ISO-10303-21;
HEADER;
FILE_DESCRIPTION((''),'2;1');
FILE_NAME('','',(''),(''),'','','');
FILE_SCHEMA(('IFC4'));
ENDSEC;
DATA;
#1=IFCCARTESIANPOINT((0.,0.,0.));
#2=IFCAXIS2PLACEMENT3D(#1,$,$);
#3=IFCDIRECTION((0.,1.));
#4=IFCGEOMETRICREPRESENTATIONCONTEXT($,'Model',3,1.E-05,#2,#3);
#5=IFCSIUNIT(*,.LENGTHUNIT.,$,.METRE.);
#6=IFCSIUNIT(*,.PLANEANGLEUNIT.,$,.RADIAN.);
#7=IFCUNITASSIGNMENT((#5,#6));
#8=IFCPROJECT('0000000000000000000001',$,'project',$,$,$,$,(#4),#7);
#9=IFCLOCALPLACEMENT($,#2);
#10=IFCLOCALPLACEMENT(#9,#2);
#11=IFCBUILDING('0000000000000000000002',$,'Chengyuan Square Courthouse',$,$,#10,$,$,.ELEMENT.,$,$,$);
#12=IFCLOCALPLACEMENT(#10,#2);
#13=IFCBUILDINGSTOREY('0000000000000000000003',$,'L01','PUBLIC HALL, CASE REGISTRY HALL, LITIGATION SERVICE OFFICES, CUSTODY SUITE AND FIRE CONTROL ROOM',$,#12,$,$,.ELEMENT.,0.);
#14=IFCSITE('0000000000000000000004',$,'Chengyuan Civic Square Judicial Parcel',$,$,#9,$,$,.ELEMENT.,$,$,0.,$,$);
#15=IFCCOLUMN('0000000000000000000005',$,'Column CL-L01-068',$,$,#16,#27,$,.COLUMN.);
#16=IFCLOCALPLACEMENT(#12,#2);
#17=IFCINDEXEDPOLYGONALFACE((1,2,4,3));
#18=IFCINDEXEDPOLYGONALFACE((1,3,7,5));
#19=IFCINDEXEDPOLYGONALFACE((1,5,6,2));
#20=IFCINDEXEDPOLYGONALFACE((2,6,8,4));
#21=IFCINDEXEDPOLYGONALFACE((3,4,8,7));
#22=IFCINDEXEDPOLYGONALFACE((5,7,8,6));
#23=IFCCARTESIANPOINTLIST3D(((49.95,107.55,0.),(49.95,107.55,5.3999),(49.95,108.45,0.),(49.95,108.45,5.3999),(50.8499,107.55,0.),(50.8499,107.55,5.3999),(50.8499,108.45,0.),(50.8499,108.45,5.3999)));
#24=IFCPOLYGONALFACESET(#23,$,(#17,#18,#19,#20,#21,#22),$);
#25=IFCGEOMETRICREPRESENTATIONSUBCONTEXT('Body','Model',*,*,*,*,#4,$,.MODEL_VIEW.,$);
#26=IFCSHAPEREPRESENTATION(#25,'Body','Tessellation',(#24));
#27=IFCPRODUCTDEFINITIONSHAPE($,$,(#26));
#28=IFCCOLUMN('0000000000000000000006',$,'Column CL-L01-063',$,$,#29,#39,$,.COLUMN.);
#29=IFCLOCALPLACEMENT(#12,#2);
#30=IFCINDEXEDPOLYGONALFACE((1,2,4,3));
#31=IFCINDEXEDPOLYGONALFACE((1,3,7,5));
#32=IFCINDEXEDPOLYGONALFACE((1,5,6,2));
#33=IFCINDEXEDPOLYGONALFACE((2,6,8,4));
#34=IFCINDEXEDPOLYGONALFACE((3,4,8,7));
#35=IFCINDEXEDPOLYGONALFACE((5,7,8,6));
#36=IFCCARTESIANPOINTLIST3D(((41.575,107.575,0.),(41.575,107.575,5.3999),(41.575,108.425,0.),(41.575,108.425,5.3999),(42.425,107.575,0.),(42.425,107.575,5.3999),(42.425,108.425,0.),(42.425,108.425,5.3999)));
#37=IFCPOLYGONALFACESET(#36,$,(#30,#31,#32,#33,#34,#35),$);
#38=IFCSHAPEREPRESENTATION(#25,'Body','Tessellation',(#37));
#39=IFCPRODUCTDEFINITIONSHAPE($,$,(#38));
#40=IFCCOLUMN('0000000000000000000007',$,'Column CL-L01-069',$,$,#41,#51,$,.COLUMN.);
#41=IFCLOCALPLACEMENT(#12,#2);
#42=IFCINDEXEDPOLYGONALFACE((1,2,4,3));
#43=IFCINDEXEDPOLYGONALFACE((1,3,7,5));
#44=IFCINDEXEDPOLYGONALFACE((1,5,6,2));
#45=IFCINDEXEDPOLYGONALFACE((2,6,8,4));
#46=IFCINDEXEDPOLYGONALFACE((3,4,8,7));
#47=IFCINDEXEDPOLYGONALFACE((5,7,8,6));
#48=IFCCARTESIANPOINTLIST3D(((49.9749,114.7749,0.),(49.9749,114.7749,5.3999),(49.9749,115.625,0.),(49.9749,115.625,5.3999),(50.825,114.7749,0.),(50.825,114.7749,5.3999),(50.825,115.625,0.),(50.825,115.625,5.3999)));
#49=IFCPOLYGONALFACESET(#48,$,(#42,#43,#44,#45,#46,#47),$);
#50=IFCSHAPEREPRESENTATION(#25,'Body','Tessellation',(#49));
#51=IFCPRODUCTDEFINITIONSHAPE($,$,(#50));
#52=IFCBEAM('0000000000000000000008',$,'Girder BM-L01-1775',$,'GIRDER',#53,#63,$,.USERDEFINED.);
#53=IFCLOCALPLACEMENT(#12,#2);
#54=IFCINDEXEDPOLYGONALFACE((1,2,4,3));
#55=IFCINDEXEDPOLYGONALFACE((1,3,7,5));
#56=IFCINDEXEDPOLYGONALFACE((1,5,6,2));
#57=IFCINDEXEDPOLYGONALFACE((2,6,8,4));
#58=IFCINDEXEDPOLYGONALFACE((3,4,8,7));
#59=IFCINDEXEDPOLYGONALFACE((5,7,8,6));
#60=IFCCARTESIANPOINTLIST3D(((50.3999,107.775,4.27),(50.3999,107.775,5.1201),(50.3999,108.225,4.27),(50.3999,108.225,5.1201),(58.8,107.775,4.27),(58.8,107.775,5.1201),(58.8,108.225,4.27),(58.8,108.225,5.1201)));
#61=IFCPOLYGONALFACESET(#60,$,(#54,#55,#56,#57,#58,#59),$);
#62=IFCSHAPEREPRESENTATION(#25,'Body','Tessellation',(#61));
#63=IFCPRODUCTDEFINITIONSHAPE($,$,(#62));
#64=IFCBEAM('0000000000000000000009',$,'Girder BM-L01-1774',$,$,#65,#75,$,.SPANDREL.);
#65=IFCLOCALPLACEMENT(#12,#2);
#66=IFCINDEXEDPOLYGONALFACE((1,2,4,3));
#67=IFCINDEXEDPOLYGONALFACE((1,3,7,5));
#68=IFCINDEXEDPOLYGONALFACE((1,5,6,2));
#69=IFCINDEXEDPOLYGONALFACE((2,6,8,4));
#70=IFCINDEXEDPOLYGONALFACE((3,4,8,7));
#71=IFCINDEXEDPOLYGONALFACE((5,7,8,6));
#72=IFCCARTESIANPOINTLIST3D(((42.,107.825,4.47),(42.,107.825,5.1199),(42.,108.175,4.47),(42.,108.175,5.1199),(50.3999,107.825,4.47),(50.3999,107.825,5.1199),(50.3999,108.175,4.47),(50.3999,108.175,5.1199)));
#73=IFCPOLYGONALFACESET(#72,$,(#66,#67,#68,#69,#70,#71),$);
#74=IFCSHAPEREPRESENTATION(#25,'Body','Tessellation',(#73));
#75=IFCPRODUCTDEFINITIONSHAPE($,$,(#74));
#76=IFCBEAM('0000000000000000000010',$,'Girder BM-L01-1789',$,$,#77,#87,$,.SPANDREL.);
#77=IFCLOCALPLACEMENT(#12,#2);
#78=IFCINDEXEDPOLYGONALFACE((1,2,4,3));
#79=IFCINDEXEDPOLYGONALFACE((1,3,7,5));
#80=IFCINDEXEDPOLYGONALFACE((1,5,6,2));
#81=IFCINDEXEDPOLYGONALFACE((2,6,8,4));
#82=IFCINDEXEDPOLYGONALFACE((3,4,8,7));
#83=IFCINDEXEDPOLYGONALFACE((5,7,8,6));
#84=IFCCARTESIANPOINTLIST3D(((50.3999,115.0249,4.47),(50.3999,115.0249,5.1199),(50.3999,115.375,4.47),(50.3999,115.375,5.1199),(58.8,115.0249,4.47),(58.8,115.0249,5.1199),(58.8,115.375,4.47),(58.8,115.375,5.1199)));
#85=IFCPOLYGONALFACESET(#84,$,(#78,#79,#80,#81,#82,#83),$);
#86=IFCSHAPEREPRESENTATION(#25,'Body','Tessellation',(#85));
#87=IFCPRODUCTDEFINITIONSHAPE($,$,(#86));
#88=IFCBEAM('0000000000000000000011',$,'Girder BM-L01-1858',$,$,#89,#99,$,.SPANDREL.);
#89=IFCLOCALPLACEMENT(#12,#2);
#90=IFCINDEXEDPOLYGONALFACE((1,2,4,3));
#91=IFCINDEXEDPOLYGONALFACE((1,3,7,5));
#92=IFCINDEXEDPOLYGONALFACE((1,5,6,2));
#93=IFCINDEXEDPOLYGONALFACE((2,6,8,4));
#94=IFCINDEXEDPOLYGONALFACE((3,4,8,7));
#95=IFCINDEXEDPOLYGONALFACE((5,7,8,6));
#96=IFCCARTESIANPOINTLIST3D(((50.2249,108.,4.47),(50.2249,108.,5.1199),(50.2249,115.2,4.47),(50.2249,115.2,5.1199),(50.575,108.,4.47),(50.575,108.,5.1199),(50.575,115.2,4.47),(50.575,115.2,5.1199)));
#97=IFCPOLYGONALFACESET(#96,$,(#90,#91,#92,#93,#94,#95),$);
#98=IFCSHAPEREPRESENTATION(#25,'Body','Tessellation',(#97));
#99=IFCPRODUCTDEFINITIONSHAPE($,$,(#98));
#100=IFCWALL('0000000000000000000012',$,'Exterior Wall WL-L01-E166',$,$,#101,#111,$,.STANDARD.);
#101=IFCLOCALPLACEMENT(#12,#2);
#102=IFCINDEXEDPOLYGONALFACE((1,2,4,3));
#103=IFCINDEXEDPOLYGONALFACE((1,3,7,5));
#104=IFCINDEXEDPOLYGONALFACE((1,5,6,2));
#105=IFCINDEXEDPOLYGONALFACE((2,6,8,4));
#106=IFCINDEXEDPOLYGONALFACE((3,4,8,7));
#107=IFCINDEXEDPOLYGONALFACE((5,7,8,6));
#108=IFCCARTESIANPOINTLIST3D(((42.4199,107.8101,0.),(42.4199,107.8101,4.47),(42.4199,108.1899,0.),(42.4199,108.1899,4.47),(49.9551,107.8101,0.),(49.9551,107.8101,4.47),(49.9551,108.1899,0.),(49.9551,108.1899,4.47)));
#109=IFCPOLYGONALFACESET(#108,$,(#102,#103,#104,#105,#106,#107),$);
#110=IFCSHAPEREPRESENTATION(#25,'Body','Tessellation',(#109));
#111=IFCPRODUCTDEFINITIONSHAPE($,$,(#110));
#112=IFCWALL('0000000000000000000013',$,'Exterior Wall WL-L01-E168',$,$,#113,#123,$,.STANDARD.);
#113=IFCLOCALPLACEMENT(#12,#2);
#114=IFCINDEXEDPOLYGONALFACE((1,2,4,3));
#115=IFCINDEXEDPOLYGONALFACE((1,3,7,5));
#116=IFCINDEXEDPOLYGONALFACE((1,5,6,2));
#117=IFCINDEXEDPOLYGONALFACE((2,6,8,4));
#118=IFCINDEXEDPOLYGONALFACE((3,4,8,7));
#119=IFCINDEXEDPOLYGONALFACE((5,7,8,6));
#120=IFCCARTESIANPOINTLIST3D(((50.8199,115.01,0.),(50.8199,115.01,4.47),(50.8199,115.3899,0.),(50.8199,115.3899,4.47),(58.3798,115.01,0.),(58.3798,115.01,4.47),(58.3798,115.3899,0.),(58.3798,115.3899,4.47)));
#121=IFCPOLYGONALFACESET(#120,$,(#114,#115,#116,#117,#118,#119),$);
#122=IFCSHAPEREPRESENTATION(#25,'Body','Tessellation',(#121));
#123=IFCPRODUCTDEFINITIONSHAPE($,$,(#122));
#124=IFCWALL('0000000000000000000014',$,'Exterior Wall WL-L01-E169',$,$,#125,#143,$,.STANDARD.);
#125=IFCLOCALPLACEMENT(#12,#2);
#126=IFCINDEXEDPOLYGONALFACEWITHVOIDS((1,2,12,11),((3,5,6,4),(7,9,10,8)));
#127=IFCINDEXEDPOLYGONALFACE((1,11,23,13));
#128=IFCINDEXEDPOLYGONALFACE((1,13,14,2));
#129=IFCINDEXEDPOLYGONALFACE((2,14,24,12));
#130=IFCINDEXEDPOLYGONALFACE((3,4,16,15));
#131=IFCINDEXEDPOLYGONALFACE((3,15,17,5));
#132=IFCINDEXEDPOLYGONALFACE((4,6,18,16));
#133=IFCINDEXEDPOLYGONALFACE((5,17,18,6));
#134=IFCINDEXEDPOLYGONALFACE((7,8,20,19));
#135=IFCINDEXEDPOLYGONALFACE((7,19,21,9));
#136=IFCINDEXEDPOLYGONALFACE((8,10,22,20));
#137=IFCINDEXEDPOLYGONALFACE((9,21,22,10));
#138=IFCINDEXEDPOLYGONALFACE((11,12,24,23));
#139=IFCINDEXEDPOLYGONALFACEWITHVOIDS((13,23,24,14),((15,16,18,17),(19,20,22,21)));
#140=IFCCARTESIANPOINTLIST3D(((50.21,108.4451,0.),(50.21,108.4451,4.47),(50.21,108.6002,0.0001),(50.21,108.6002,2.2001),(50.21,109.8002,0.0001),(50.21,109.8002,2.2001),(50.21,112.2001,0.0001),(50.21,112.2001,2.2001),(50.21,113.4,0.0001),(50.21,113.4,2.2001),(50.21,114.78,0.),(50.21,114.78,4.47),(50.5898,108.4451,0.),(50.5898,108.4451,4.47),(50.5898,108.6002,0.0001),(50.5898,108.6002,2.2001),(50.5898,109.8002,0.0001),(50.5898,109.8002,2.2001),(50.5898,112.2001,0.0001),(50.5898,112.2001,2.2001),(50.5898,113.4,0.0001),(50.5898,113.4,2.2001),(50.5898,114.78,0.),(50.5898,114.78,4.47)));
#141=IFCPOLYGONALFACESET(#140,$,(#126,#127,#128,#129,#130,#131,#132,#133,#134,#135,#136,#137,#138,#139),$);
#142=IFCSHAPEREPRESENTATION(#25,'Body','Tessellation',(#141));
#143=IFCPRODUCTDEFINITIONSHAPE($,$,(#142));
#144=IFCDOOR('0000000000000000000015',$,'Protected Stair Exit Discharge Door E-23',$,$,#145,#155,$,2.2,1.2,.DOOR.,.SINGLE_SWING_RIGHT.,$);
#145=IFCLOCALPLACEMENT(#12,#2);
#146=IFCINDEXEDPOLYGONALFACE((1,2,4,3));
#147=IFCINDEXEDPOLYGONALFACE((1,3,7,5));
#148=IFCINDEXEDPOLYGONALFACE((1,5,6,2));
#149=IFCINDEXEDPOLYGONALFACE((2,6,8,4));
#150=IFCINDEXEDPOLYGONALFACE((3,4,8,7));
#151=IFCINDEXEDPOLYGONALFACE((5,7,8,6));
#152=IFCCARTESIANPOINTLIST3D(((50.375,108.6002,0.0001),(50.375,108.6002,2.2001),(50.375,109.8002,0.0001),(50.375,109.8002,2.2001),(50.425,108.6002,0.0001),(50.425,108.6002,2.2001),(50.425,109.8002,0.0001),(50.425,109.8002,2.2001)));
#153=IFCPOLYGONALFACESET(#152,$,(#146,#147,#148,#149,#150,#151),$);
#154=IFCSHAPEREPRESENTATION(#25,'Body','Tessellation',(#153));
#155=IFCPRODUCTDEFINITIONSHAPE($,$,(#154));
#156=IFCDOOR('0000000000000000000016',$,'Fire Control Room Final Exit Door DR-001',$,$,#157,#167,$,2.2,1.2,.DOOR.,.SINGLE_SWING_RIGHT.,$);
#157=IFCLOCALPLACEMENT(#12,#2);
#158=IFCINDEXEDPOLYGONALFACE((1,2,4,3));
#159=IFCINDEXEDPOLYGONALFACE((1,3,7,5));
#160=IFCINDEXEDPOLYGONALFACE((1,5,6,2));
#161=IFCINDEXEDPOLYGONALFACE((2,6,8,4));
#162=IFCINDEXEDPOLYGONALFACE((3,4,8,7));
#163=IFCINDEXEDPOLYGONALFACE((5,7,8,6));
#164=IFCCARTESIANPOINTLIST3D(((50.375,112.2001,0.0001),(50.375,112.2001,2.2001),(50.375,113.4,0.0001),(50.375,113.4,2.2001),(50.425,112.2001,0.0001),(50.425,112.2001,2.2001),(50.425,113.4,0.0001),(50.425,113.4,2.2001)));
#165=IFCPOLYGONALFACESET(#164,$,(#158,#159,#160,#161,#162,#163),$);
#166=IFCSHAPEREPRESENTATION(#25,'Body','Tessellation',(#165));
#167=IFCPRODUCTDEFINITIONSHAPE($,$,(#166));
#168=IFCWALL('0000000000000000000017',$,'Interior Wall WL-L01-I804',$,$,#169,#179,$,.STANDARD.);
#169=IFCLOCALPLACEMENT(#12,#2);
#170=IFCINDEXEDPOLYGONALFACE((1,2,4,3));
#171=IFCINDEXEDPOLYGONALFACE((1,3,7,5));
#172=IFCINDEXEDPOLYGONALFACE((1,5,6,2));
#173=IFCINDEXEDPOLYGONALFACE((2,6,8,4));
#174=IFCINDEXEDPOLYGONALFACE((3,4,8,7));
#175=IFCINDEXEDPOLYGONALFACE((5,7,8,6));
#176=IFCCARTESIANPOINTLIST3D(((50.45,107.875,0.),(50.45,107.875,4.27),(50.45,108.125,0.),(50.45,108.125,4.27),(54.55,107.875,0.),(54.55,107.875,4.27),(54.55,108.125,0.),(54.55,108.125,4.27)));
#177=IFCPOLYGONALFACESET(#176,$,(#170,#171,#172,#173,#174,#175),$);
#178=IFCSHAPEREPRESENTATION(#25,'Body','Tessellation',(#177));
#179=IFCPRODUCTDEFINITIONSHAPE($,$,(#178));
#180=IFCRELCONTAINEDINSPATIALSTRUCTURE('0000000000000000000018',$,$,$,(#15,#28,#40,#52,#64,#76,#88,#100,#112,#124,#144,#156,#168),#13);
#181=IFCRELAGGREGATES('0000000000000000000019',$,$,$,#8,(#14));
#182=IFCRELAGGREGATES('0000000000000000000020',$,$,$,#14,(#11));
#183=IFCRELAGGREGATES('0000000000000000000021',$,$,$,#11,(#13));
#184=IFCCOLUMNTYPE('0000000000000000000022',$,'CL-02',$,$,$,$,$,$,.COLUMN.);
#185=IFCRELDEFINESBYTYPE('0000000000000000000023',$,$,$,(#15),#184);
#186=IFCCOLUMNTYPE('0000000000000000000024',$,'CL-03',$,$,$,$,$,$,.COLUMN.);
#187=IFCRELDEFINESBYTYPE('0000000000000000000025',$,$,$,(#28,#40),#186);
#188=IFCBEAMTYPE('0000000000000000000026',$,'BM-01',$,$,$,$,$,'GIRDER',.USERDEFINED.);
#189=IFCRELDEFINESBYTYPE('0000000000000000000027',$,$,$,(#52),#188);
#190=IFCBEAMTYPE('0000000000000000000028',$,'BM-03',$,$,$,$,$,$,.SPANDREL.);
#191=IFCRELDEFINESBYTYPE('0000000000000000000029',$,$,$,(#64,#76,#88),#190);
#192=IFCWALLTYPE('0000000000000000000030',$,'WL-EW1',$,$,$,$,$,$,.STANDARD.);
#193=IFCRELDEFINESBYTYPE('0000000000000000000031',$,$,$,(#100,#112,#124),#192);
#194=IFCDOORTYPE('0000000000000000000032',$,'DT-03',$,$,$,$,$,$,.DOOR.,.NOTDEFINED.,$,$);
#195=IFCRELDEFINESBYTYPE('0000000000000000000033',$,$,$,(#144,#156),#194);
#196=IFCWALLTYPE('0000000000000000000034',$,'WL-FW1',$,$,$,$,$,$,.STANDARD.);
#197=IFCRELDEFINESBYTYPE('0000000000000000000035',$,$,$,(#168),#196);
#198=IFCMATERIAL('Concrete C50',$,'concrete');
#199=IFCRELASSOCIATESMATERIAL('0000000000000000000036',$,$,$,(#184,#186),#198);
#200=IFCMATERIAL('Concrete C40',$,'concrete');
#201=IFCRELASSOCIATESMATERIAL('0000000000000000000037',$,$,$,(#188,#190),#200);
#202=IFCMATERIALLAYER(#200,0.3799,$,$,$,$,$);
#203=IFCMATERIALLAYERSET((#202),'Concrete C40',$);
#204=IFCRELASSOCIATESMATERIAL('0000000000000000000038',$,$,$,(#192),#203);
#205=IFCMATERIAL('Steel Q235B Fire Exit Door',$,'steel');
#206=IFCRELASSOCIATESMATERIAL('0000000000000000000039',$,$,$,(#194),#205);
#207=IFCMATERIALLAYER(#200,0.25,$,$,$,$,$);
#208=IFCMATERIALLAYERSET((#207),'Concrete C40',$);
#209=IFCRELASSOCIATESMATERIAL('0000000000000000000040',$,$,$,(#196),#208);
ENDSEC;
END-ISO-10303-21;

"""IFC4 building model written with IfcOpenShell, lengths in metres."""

from ifc_helpers import new_model, si_unit, direction, frame, frame_2d, origin, origin_2d, place, context, subcontext, project, spatial, rectangle, extrude, material, layer, layer_set, material_profile, profile_set, type_object, element, fill, save


model = new_model("IFC4")

# Units and contexts
model_context = context("Model", 3, precision=1e-05, world=origin(), true_north=direction((0.0, 1.0)))
body_context = subcontext(model_context, "Body", "Model", "MODEL_VIEW")
ifc_project = project(units=[si_unit("LENGTHUNIT", "METRE"), si_unit("PLANEANGLEUNIT", "RADIAN")], contexts=[model_context])

# Site, building, storey
site_placement = place(None, origin())
site = spatial("IfcSite", under=ifc_project, at=site_placement, Name="Chengyuan Civic Square Judicial Parcel", CompositionType="ELEMENT", RefElevation=0.0)
building_placement = place(site_placement, origin())
building = spatial("IfcBuilding", under=site, at=building_placement, Name="Chengyuan Square Courthouse", CompositionType="ELEMENT")
storey_placement = place(building_placement, origin())
storey = spatial("IfcBuildingStorey", under=building, at=storey_placement, Name="L01", Description="PUBLIC HALL, CASE REGISTRY HALL, LITIGATION SERVICE OFFICES, CUSTODY SUITE AND FIRE CONTROL ROOM", CompositionType="ELEMENT", Elevation=0.0)

# Columns
ifc_material_1 = material(Name="Concrete C50", Category="concrete")
ifc_material_profile_1 = material_profile(ifc_material_1, rectangle(XDim=0.8999, YDim=0.8999, at=origin_2d()), Name="RC-COL-900x900")
ifc_profile_set_1 = profile_set([ifc_material_profile_1], Name="Concrete C50")
column_type_1 = type_object("IfcColumnType", Name="CL-02", PredefinedType="COLUMN", material=ifc_profile_set_1)
column_placement = place(storey_placement, frame((50.3999, 108.0, 0.0), z_axis=(0.0, 0.0, 1.0), x_axis=(1.0, 0.0, 0.0)))
element("IfcColumn", 1, at=column_placement, inside=storey, type_object=column_type_1, Name="Column CL-L01-068", PredefinedType="COLUMN", context=body_context, shape_type="SweptSolid", body=[
    extrude(rectangle(XDim=0.8999, YDim=0.8999, at=origin_2d()), origin(), (0.0, 0.0, 1.0), 5.3999),
])
ifc_material_profile_2 = material_profile(ifc_material_1, rectangle(XDim=0.8501, YDim=0.8501, at=origin_2d()), Name="RC-COL-850x850")
ifc_profile_set_2 = profile_set([ifc_material_profile_2], Name="Concrete C50")
column_type_2 = type_object("IfcColumnType", Name="CL-03", PredefinedType="COLUMN", material=ifc_profile_set_2)
for number, where, z_axis, x_axis, name in (
    (2, (42.0, 108.0, 0.0), (0.0, 0.0, 1.0), (1.0, 0.0, 0.0), "Column CL-L01-063"),
    (3, (50.3999, 115.2, 0.0), (0.0, 0.0, 1.0), (1.0, 0.0, 0.0), "Column CL-L01-069"),
):
    element("IfcColumn", number, at=place(storey_placement, frame(where, z_axis=z_axis, x_axis=x_axis)), inside=storey, type_object=column_type_2, Name=name, PredefinedType="COLUMN", context=body_context, shape_type="SweptSolid", body=[
        extrude(rectangle(XDim=0.8501, YDim=0.8501, at=origin_2d()), origin(), (0.0, 0.0, 1.0), 5.3999),
    ])

# Beams
ifc_material_2 = material(Name="Concrete C40", Category="concrete")
ifc_material_profile_3 = material_profile(ifc_material_2, rectangle(XDim=0.45, YDim=0.8501, at=origin_2d()), Name="RC-BM-450x850")
ifc_profile_set_3 = profile_set([ifc_material_profile_3], Name="Concrete C40")
beam_type_1 = type_object("IfcBeamType", Name="BM-01", ElementType="GIRDER", PredefinedType="USERDEFINED", material=ifc_profile_set_3)
beam_1_placement = place(storey_placement, frame((50.3999, 108.0, 4.6951), z_axis=(1.0, 0.0, 0.0), x_axis=(0.0, 1.0, 0.0)))
element("IfcBeam", 4, at=beam_1_placement, inside=storey, type_object=beam_type_1, Name="Girder BM-L01-1775", ObjectType="GIRDER", PredefinedType="USERDEFINED", context=body_context, shape_type="SweptSolid", body=[
    extrude(rectangle(XDim=0.45, YDim=0.8501, at=origin_2d()), origin(), (0.0, 0.0, 1.0), 8.4001),
])
ifc_material_profile_4 = material_profile(ifc_material_2, rectangle(XDim=0.3501, YDim=0.6499, at=origin_2d()), Name="RC-BM-350x650")
ifc_profile_set_4 = profile_set([ifc_material_profile_4], Name="Concrete C40")
beam_type_2 = type_object("IfcBeamType", Name="BM-03", PredefinedType="SPANDREL", material=ifc_profile_set_4)
beam_2_placement = place(storey_placement, frame((42.0, 108.0, 4.7949), z_axis=(1.0, 0.0, 0.0), x_axis=(0.0, 1.0, 0.0)))
element("IfcBeam", 5, at=beam_2_placement, inside=storey, type_object=beam_type_2, Name="Girder BM-L01-1774", PredefinedType="SPANDREL", context=body_context, shape_type="SweptSolid", body=[
    extrude(rectangle(XDim=0.3501, YDim=0.6499, at=origin_2d()), origin(), (0.0, 0.0, 1.0), 8.3999),
])
beam_3_placement = place(storey_placement, frame((50.3999, 115.2, 4.7949), z_axis=(1.0, 0.0, 0.0), x_axis=(0.0, 1.0, 0.0)))
element("IfcBeam", 6, at=beam_3_placement, inside=storey, type_object=beam_type_2, Name="Girder BM-L01-1789", PredefinedType="SPANDREL", context=body_context, shape_type="SweptSolid", body=[
    extrude(rectangle(XDim=0.3501, YDim=0.6499, at=origin_2d()), origin(), (0.0, 0.0, 1.0), 8.4001),
])
beam_4_placement = place(storey_placement, frame((50.3999, 108.0, 4.7949), z_axis=(0.0, 1.0, 0.0), x_axis=(-1.0, 0.0, 0.0)))
element("IfcBeam", 7, at=beam_4_placement, inside=storey, type_object=beam_type_2, Name="Girder BM-L01-1858", PredefinedType="SPANDREL", context=body_context, shape_type="SweptSolid", body=[
    extrude(rectangle(XDim=0.3501, YDim=0.6499, at=origin_2d()), origin(), (0.0, 0.0, 1.0), 7.2),
])

# Walls
ifc_layer_1 = layer(ifc_material_2, 0.3799)
ifc_layer_set_1 = layer_set([ifc_layer_1], Name="Concrete C40")
wall_type_1 = type_object("IfcWallType", Name="WL-EW1", PredefinedType="STANDARD", material=ifc_layer_set_1)
wall_1_placement = place(storey_placement, frame((42.4199, 108.0, 0.0), z_axis=(0.0, 0.0, 1.0), x_axis=(1.0, 0.0, 0.0)))
element("IfcWall", 8, at=wall_1_placement, inside=storey, type_object=wall_type_1, Name="Exterior Wall WL-L01-E166", PredefinedType="STANDARD", context=body_context, shape_type="SweptSolid", body=[
    extrude(rectangle(XDim=7.5352, YDim=0.3799, at=frame_2d((3.7676, 0.0))), origin(), (0.0, 0.0, 1.0), 4.47),
])
wall_2_placement = place(storey_placement, frame((50.8201, 115.2, 0.0), z_axis=(0.0, 0.0, 1.0), x_axis=(1.0, 0.0, 0.0)))
element("IfcWall", 9, at=wall_2_placement, inside=storey, type_object=wall_type_1, Name="Exterior Wall WL-L01-E168", PredefinedType="STANDARD", context=body_context, shape_type="SweptSolid", body=[
    extrude(rectangle(XDim=7.5598, YDim=0.3799, at=frame_2d((3.7798, 0.0))), origin(), (0.0, 0.0, 1.0), 4.47),
])

# Wall, openings, doors
wall_3_placement = place(storey_placement, frame((50.3999, 108.4451, 0.0), z_axis=(0.0, 0.0, 1.0), x_axis=(0.0, 1.0, 0.0)))
wall_3 = element("IfcWall", 10, at=wall_3_placement, inside=storey, type_object=wall_type_1, Name="Exterior Wall WL-L01-E169", PredefinedType="STANDARD", context=body_context, shape_type="SweptSolid", body=[
    extrude(rectangle(XDim=6.335, YDim=0.3799, at=frame_2d((3.1675, 0.0))), origin(), (0.0, 0.0, 1.0), 4.47),
])
opening_1_placement = place(wall_3_placement, frame((0.155, 0.0, 0.0)))
opening_1 = element("IfcOpeningElement", 11, at=opening_1_placement, cuts=wall_3, PredefinedType="OPENING", context=body_context, shape_type="SweptSolid", body=[
    extrude(rectangle(XDim=1.2, YDim=2.2, at=frame_2d((0.6001, 1.1001))), frame((0.0, 0.2019, 0.0), z_axis=(0.0, -1.0, 0.0), x_axis=(1.0, 0.0, 0.0)), (0.0, 0.0, 1.0), 0.4038),
])
opening_2_placement = place(wall_3_placement, frame((3.7549, 0.0, 0.0)))
opening_2 = element("IfcOpeningElement", 12, at=opening_2_placement, cuts=wall_3, PredefinedType="OPENING", context=body_context, shape_type="SweptSolid", body=[
    extrude(rectangle(XDim=1.2, YDim=2.2, at=frame_2d((0.6001, 1.1001))), frame((0.0, 0.2019, 0.0), z_axis=(0.0, -1.0, 0.0), x_axis=(1.0, 0.0, 0.0)), (0.0, 0.0, 1.0), 0.4038),
])
ifc_material_3 = material(Name="Steel Q235B Fire Exit Door", Category="steel")
door_type_1 = type_object("IfcDoorType", Name="DT-03", OperationType="NOTDEFINED", PredefinedType="DOOR", material=ifc_material_3)
door_1_placement = place(opening_1_placement, origin())
door_1 = element("IfcDoor", 13, at=door_1_placement, inside=storey, type_object=door_type_1, Name="Protected Stair Exit Discharge Door E-23", OperationType="SINGLE_SWING_RIGHT", OverallHeight=2.2, OverallWidth=1.2, PredefinedType="DOOR", context=body_context, shape_type="SweptSolid", body=[
    extrude(rectangle(XDim=1.2, YDim=2.2, at=frame_2d((0.6001, 1.1001))), frame((0.0, 0.0249, 0.0), z_axis=(0.0, -1.0, 0.0), x_axis=(1.0, 0.0, 0.0)), (0.0, 0.0, 1.0), 0.05),
])
fill(opening_1, door_1)
door_2_placement = place(opening_2_placement, origin())
door_2 = element("IfcDoor", 14, at=door_2_placement, inside=storey, type_object=door_type_1, Name="Fire Control Room Final Exit Door DR-001", OperationType="SINGLE_SWING_RIGHT", OverallHeight=2.2, OverallWidth=1.2, PredefinedType="DOOR", context=body_context, shape_type="SweptSolid", body=[
    extrude(rectangle(XDim=1.2, YDim=2.2, at=frame_2d((0.6001, 1.1001))), frame((0.0, 0.0249, 0.0), z_axis=(0.0, -1.0, 0.0), x_axis=(1.0, 0.0, 0.0)), (0.0, 0.0, 1.0), 0.05),
])
fill(opening_2, door_2)

# Wall
ifc_layer_2 = layer(ifc_material_2, 0.25)
ifc_layer_set_2 = layer_set([ifc_layer_2], Name="Concrete C40")
wall_type_2 = type_object("IfcWallType", Name="WL-FW1", PredefinedType="STANDARD", material=ifc_layer_set_2)
wall_4_placement = place(storey_placement, frame((50.45, 108.0, 0.0), z_axis=(0.0, 0.0, 1.0), x_axis=(1.0, 0.0, 0.0)))
element("IfcWall", 15, at=wall_4_placement, inside=storey, type_object=wall_type_2, Name="Interior Wall WL-L01-I804", PredefinedType="STANDARD", context=body_context, shape_type="SweptSolid", body=[
    extrude(rectangle(XDim=4.1001, YDim=0.25, at=frame_2d((2.05, 0.0))), origin(), (0.0, 0.0, 1.0), 4.27),
])

save(model, "model.ifc")
